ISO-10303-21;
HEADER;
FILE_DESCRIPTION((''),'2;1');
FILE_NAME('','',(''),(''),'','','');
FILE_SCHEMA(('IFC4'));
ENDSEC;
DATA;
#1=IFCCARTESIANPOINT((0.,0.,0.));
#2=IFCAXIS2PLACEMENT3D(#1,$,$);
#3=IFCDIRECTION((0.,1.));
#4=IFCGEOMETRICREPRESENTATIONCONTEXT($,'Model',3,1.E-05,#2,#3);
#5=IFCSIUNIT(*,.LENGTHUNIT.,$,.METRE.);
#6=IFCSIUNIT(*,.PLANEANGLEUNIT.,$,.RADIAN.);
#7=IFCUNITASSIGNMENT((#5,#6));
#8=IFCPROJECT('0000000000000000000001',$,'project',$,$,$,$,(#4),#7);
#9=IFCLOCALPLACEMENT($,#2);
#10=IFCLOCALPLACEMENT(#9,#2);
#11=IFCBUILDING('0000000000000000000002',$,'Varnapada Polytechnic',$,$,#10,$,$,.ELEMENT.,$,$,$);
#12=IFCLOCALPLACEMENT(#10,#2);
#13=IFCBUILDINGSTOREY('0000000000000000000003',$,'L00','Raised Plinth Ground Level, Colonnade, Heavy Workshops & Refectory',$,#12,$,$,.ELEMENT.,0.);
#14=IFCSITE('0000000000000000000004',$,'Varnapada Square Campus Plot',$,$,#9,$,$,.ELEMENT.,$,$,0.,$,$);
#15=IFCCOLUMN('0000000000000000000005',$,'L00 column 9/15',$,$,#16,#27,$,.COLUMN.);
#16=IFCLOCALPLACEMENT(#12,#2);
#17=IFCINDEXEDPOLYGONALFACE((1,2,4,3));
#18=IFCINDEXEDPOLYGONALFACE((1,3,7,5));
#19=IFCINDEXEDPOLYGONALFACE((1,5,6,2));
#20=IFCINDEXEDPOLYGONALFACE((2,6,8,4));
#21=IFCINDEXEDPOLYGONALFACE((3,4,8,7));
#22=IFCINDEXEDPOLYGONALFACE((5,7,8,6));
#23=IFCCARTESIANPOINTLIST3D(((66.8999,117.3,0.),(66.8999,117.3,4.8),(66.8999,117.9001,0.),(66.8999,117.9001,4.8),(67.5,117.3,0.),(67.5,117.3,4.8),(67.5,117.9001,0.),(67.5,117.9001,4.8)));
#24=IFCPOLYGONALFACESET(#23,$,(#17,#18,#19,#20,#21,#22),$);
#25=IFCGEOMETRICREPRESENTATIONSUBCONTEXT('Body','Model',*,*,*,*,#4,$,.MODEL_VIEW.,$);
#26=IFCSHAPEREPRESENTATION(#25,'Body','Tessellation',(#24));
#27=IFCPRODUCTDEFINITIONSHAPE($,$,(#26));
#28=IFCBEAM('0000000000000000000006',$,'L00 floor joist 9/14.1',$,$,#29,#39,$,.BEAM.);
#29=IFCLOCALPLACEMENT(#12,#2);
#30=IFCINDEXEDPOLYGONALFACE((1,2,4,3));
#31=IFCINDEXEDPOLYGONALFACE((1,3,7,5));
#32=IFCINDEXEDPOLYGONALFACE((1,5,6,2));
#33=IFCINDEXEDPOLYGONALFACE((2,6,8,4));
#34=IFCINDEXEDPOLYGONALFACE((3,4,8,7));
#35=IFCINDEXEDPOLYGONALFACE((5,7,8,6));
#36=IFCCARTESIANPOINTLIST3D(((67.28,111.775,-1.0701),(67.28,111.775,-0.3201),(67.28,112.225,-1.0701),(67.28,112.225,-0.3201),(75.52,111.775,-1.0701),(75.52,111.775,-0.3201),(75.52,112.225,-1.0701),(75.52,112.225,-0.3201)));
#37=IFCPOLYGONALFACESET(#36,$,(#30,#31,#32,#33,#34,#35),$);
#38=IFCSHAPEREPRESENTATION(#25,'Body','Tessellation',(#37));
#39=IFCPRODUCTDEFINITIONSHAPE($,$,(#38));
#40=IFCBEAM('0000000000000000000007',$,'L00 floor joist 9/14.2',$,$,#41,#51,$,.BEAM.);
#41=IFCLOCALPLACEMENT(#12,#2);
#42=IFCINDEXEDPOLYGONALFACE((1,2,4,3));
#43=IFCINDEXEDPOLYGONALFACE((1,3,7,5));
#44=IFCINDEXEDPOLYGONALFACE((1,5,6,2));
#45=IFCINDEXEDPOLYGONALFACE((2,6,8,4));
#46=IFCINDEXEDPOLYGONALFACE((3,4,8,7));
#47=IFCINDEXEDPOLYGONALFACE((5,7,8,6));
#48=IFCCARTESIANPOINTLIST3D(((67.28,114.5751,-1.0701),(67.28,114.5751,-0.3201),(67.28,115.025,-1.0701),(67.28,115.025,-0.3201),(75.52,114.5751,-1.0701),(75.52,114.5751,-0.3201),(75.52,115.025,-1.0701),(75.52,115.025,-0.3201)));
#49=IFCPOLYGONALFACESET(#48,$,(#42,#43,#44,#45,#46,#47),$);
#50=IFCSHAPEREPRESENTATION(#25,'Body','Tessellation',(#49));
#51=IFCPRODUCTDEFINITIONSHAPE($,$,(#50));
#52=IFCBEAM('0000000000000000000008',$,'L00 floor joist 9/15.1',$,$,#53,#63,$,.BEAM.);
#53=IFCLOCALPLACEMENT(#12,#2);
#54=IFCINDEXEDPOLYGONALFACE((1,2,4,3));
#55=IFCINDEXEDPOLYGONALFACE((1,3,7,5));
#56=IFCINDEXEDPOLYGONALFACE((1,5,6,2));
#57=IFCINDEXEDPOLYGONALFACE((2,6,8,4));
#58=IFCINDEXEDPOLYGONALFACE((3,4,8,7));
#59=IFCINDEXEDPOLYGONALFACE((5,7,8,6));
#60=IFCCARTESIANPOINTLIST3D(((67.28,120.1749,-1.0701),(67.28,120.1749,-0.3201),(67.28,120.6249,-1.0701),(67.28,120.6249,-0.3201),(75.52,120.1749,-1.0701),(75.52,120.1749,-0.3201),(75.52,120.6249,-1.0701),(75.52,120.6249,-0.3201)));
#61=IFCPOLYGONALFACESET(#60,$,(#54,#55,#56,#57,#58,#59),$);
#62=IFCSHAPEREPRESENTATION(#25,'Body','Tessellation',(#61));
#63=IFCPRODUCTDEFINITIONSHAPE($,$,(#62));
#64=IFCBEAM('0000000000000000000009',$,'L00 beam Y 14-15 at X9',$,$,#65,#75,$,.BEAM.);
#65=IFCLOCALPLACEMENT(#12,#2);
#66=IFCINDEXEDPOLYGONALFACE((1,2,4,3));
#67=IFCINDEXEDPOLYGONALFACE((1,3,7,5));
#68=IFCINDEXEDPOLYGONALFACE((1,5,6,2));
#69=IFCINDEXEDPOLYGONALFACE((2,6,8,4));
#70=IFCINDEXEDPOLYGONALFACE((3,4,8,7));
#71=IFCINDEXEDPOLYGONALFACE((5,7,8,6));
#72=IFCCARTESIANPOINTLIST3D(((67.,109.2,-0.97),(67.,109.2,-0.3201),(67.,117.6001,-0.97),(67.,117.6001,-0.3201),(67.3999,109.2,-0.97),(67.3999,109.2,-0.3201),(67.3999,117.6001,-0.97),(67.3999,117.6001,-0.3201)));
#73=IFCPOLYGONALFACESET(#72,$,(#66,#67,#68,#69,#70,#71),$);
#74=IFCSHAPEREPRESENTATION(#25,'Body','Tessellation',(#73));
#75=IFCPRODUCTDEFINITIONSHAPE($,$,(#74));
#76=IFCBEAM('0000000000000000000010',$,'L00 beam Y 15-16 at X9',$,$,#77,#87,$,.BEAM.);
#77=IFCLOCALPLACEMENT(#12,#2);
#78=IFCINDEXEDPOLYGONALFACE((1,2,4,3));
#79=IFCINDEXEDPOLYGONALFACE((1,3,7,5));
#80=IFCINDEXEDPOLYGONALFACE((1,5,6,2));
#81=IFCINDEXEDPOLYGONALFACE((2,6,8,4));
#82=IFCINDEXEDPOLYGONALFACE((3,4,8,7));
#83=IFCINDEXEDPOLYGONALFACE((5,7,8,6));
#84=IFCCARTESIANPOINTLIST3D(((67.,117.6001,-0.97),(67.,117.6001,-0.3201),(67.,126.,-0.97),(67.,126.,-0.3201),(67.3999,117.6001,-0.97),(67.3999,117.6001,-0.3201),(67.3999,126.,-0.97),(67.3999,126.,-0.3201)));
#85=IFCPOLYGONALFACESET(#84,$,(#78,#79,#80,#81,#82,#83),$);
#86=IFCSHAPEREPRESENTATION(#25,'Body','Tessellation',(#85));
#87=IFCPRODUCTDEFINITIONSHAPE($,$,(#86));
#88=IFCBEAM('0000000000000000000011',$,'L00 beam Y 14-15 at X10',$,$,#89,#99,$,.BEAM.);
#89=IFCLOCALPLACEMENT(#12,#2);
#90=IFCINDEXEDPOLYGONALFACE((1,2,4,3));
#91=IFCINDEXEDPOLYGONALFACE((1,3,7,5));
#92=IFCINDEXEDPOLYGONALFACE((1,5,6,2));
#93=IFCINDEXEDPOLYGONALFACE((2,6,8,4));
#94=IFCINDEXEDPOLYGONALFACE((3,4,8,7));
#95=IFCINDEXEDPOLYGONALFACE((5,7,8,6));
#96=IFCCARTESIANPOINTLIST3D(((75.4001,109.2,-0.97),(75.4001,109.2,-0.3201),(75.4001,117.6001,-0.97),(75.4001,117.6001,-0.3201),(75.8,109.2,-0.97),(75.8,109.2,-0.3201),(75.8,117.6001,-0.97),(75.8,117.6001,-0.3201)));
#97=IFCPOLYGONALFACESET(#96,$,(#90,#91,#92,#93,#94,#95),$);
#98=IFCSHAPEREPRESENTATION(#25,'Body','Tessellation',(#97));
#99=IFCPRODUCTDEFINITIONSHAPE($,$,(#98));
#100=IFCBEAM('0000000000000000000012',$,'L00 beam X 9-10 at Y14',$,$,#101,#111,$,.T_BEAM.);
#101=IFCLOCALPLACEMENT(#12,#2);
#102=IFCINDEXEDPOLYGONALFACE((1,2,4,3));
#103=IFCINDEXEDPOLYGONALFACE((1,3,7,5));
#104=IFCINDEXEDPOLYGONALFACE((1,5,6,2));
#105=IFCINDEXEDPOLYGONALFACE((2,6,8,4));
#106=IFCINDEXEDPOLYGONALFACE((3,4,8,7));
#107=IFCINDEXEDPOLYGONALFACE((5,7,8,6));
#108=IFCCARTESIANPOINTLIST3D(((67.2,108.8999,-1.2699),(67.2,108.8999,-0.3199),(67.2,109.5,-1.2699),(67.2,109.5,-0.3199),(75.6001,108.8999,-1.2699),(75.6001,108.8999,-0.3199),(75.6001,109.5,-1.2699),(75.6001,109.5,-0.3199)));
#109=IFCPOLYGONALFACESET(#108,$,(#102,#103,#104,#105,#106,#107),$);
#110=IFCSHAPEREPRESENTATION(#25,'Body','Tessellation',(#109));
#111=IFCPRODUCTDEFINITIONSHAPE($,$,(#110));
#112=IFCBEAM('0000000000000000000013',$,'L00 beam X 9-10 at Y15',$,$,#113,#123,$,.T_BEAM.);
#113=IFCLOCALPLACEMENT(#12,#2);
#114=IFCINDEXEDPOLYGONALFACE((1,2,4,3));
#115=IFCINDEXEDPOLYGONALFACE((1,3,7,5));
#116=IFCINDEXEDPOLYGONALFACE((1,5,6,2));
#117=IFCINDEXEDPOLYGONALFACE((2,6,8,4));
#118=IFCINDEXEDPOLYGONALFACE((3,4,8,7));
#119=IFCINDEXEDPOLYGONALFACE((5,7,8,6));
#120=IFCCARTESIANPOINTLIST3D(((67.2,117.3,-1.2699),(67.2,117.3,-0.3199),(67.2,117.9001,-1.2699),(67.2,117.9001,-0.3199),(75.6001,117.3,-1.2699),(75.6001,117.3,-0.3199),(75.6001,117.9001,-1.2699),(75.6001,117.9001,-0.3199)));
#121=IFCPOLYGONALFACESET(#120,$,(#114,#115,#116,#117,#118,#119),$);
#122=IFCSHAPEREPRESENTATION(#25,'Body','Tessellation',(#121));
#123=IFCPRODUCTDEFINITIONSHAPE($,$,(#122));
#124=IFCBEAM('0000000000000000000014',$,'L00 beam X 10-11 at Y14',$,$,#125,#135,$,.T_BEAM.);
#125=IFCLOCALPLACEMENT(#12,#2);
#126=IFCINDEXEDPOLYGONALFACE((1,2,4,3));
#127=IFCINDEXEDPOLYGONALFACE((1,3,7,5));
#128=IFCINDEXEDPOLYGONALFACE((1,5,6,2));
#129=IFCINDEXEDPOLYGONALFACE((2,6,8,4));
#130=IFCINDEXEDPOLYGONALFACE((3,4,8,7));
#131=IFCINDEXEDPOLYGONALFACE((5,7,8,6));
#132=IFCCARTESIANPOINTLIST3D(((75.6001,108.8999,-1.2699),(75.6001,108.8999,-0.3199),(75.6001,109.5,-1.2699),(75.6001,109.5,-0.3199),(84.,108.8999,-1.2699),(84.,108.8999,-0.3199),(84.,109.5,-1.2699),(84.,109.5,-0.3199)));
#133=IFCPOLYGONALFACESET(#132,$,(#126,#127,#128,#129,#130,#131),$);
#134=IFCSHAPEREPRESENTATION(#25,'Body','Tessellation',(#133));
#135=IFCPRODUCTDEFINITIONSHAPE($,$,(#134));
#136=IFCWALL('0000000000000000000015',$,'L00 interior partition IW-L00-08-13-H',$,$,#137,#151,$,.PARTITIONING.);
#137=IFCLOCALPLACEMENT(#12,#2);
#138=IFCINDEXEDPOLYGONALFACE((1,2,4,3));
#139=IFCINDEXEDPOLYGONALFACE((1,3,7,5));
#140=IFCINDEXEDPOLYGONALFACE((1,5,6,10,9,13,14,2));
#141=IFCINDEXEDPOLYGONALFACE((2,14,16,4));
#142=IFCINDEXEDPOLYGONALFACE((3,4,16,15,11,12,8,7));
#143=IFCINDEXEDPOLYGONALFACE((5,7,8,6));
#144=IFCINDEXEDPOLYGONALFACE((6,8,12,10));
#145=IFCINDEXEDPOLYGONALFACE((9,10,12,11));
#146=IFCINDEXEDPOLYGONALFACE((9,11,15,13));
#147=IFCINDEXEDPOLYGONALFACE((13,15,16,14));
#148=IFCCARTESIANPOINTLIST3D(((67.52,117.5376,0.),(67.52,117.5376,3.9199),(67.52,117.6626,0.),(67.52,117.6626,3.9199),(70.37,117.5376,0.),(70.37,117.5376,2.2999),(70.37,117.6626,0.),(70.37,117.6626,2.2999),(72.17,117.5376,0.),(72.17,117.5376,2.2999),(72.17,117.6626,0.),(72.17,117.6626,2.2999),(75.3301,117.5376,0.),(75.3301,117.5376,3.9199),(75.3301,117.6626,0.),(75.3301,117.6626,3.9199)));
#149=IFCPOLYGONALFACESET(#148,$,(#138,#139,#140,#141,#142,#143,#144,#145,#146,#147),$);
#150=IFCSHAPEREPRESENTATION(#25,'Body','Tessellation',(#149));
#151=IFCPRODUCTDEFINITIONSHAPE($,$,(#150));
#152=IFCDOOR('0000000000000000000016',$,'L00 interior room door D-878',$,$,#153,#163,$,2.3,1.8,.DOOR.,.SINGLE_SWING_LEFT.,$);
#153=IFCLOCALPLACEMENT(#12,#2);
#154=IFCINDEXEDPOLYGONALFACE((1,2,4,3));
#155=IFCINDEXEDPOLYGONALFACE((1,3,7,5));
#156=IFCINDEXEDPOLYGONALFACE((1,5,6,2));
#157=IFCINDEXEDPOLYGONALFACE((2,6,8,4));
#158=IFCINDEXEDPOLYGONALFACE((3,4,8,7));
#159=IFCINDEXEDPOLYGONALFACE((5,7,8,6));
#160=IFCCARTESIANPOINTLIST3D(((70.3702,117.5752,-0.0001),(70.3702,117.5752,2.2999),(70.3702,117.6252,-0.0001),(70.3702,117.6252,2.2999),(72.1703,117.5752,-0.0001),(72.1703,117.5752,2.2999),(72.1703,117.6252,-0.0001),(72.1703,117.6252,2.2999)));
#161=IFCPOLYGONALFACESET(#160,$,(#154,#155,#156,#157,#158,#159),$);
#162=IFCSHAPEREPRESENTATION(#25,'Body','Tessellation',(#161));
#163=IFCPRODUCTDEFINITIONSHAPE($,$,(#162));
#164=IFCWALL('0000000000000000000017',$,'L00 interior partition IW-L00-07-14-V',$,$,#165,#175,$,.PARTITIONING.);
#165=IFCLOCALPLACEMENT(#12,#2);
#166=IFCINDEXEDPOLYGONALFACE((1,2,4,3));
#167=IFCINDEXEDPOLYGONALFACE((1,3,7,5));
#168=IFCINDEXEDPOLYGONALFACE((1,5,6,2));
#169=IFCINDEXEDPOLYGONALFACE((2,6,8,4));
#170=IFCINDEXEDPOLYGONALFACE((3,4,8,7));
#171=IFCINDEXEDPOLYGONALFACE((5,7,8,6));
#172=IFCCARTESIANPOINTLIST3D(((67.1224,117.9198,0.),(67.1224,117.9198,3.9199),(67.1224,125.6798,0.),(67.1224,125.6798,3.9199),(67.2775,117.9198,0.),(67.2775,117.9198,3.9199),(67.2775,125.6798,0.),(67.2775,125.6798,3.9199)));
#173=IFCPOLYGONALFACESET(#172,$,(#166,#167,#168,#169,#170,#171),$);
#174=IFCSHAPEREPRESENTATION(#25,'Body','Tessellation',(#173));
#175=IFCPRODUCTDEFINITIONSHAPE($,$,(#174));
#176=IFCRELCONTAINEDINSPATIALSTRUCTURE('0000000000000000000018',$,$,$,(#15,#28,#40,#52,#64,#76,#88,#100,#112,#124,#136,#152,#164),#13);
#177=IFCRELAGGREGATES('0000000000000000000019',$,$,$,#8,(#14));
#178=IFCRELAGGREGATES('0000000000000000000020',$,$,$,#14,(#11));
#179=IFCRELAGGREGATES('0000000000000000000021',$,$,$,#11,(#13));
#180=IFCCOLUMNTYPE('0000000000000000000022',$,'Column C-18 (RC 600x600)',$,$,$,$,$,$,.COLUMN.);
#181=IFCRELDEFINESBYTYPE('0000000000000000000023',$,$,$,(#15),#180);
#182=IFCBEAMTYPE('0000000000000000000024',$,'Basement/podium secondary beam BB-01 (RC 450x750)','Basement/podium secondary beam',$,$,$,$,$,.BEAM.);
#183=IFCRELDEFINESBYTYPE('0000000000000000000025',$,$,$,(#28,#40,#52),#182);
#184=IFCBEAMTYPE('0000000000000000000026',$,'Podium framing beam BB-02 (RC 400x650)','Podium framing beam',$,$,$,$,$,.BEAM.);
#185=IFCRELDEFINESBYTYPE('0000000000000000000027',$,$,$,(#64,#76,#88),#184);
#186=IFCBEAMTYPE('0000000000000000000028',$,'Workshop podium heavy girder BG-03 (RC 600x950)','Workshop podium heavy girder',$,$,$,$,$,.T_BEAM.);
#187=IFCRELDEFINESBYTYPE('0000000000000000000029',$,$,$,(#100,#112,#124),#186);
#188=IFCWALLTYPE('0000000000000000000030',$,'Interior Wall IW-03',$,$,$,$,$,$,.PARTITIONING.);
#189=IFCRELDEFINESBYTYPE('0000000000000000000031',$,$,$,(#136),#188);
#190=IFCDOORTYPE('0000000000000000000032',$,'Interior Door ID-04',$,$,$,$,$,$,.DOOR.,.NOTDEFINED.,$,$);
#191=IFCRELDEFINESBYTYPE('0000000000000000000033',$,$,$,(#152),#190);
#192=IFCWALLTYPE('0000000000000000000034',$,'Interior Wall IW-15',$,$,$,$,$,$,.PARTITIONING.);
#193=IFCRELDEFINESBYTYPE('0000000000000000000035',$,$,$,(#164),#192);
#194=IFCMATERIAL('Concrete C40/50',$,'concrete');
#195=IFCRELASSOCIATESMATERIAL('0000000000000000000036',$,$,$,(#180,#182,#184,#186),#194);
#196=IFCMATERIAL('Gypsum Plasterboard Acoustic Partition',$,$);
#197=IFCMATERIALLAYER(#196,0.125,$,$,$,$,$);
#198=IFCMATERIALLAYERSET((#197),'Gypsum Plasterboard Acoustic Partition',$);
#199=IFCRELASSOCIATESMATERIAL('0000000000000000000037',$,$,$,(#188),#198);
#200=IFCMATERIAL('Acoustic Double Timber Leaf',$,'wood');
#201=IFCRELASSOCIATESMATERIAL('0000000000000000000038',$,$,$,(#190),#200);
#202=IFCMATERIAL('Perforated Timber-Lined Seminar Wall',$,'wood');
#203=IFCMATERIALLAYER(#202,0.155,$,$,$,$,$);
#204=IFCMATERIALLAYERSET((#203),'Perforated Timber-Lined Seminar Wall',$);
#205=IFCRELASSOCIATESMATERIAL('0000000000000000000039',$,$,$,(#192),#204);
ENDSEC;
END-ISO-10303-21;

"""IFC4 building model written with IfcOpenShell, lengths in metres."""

from ifc_helpers import new_model, si_unit, direction, frame, frame_2d, origin, origin_2d, place, context, subcontext, project, spatial, rectangle, extrude, material, layer, layer_set, material_profile, profile_set, type_object, element, fill, save


model = new_model("IFC4")

# Units and contexts
model_context = context("Model", 3, precision=1e-05, world=origin(), true_north=direction((0.0, 1.0)))
body_context = subcontext(model_context, "Body", "Model", "MODEL_VIEW")
ifc_project = project(units=[si_unit("LENGTHUNIT", "METRE"), si_unit("PLANEANGLEUNIT", "RADIAN")], contexts=[model_context])

# Site, building, storey
site_placement = place(None, origin())
site = spatial("IfcSite", under=ifc_project, at=site_placement, Name="Varnapada Square Campus Plot", CompositionType="ELEMENT", RefElevation=0.0)
building_placement = place(site_placement, origin())
building = spatial("IfcBuilding", under=site, at=building_placement, Name="Varnapada Polytechnic", CompositionType="ELEMENT")
storey_placement = place(building_placement, origin())
storey = spatial("IfcBuildingStorey", under=building, at=storey_placement, Name="L00", Description="Raised Plinth Ground Level, Colonnade, Heavy Workshops & Refectory", CompositionType="ELEMENT", Elevation=0.0)

# Column
ifc_material_1 = material(Name="Concrete C40/50", Category="concrete")
ifc_material_profile_1 = material_profile(ifc_material_1, rectangle(XDim=0.6001, YDim=0.6001, at=origin_2d()), Name="RC 600x600")
ifc_profile_set_1 = profile_set([ifc_material_profile_1], Name="Concrete C40/50")
column_type = type_object("IfcColumnType", Name="Column C-18 (RC 600x600)", PredefinedType="COLUMN", material=ifc_profile_set_1)
column_placement = place(storey_placement, frame((67.2, 117.6001, 0.0), z_axis=(0.0, 0.0, 1.0), x_axis=(1.0, 0.0, 0.0)))
element("IfcColumn", 1, at=column_placement, inside=storey, type_object=column_type, Name="L00 column 9/15", PredefinedType="COLUMN", context=body_context, shape_type="SweptSolid", body=[
    extrude(rectangle(XDim=0.6001, YDim=0.6001, at=origin_2d()), origin(), (0.0, 0.0, 1.0), 4.8),
])

# Beams
ifc_material_profile_2 = material_profile(ifc_material_1, rectangle(XDim=0.45, YDim=0.75, at=origin_2d()), Name="RC 450x750")
ifc_profile_set_2 = profile_set([ifc_material_profile_2], Name="Concrete C40/50")
beam_type_1 = type_object("IfcBeamType", Name="Basement/podium secondary beam BB-01 (RC 450x750)", Description="Basement/podium secondary beam", PredefinedType="BEAM", material=ifc_profile_set_2)
for number, where, z_axis, x_axis, name in (
    (2, (67.28, 112.0, -0.6951), (1.0, 0.0, 0.0), (0.0, 1.0, 0.0), "L00 floor joist 9/14.1"),
    (3, (67.28, 114.8, -0.6951), (1.0, 0.0, 0.0), (0.0, 1.0, 0.0), "L00 floor joist 9/14.2"),
    (4, (67.28, 120.3999, -0.6951), (1.0, 0.0, 0.0), (0.0, 1.0, 0.0), "L00 floor joist 9/15.1"),
):
    element("IfcBeam", number, at=place(storey_placement, frame(where, z_axis=z_axis, x_axis=x_axis)), inside=storey, type_object=beam_type_1, Name=name, PredefinedType="BEAM", context=body_context, shape_type="SweptSolid", body=[
        extrude(rectangle(XDim=0.45, YDim=0.75, at=origin_2d()), origin(), (0.0, 0.0, 1.0), 8.24),
    ])
ifc_material_profile_3 = material_profile(ifc_material_1, rectangle(XDim=0.3999, YDim=0.6499, at=origin_2d()), Name="RC 400x650")
ifc_profile_set_3 = profile_set([ifc_material_profile_3], Name="Concrete C40/50")
beam_type_2 = type_object("IfcBeamType", Name="Podium framing beam BB-02 (RC 400x650)", Description="Podium framing beam", PredefinedType="BEAM", material=ifc_profile_set_3)
beam_1_placement = place(storey_placement, frame((67.2, 109.2, -0.645), z_axis=(0.0, 1.0, 0.0), x_axis=(-1.0, 0.0, 0.0)))
element("IfcBeam", 5, at=beam_1_placement, inside=storey, type_object=beam_type_2, Name="L00 beam Y 14-15 at X9", PredefinedType="BEAM", context=body_context, shape_type="SweptSolid", body=[
    extrude(rectangle(XDim=0.3999, YDim=0.6499, at=origin_2d()), origin(), (0.0, 0.0, 1.0), 8.4001),
])
beam_2_placement = place(storey_placement, frame((67.2, 117.6001, -0.645), z_axis=(0.0, 1.0, 0.0), x_axis=(-1.0, 0.0, 0.0)))
element("IfcBeam", 6, at=beam_2_placement, inside=storey, type_object=beam_type_2, Name="L00 beam Y 15-16 at X9", PredefinedType="BEAM", context=body_context, shape_type="SweptSolid", body=[
    extrude(rectangle(XDim=0.3999, YDim=0.6499, at=origin_2d()), origin(), (0.0, 0.0, 1.0), 8.3999),
])
beam_3_placement = place(storey_placement, frame((75.6001, 109.2, -0.645), z_axis=(0.0, 1.0, 0.0), x_axis=(-1.0, 0.0, 0.0)))
element("IfcBeam", 7, at=beam_3_placement, inside=storey, type_object=beam_type_2, Name="L00 beam Y 14-15 at X10", PredefinedType="BEAM", context=body_context, shape_type="SweptSolid", body=[
    extrude(rectangle(XDim=0.3999, YDim=0.6499, at=origin_2d()), origin(), (0.0, 0.0, 1.0), 8.4001),
])
ifc_material_profile_4 = material_profile(ifc_material_1, rectangle(XDim=0.6001, YDim=0.95, at=origin_2d()), Name="RC 600x950")
ifc_profile_set_4 = profile_set([ifc_material_profile_4], Name="Concrete C40/50")
beam_type_3 = type_object("IfcBeamType", Name="Workshop podium heavy girder BG-03 (RC 600x950)", Description="Workshop podium heavy girder", PredefinedType="T_BEAM", material=ifc_profile_set_4)
for number, where, z_axis, x_axis, name in (
    (8, (67.2, 109.2, -0.7949), (1.0, 0.0, 0.0), (0.0, 1.0, 0.0), "L00 beam X 9-10 at Y14"),
    (9, (67.2, 117.6001, -0.7949), (1.0, 0.0, 0.0), (0.0, 1.0, 0.0), "L00 beam X 9-10 at Y15"),
):
    element("IfcBeam", number, at=place(storey_placement, frame(where, z_axis=z_axis, x_axis=x_axis)), inside=storey, type_object=beam_type_3, Name=name, PredefinedType="T_BEAM", context=body_context, shape_type="SweptSolid", body=[
        extrude(rectangle(XDim=0.6001, YDim=0.95, at=origin_2d()), origin(), (0.0, 0.0, 1.0), 8.4001),
    ])
beam_4_placement = place(storey_placement, frame((75.6001, 109.2, -0.7949), z_axis=(1.0, 0.0, 0.0), x_axis=(0.0, 1.0, 0.0)))
element("IfcBeam", 10, at=beam_4_placement, inside=storey, type_object=beam_type_3, Name="L00 beam X 10-11 at Y14", PredefinedType="T_BEAM", context=body_context, shape_type="SweptSolid", body=[
    extrude(rectangle(XDim=0.6001, YDim=0.95, at=origin_2d()), origin(), (0.0, 0.0, 1.0), 8.3999),
])

# Wall, opening, door
ifc_material_2 = material(Name="Gypsum Plasterboard Acoustic Partition")
ifc_layer_1 = layer(ifc_material_2, 0.125)
ifc_layer_set_1 = layer_set([ifc_layer_1], Name="Gypsum Plasterboard Acoustic Partition")
wall_type_1 = type_object("IfcWallType", Name="Interior Wall IW-03", PredefinedType="PARTITIONING", material=ifc_layer_set_1)
wall_1_placement = place(storey_placement, frame((67.52, 117.6001, 0.0), z_axis=(0.0, 0.0, 1.0), x_axis=(1.0, 0.0, 0.0)))
wall_1 = element("IfcWall", 11, at=wall_1_placement, inside=storey, type_object=wall_type_1, Name="L00 interior partition IW-L00-08-13-H", PredefinedType="PARTITIONING", context=body_context, shape_type="SweptSolid", body=[
    extrude(rectangle(XDim=7.8101, YDim=0.125, at=frame_2d((3.905, 0.0))), origin(), (0.0, 0.0, 1.0), 3.9199),
])
opening_placement = place(wall_1_placement, frame((2.8501, 0.0, 0.0)))
opening = element("IfcOpeningElement", 12, at=opening_placement, cuts=wall_1, PredefinedType="OPENING", context=body_context, shape_type="SweptSolid", body=[
    extrude(rectangle(XDim=1.8, YDim=2.3, at=frame_2d((0.8999, 1.1499))), frame((0.0, 0.0725, 0.0), z_axis=(0.0, -1.0, 0.0), x_axis=(1.0, 0.0, 0.0)), (0.0, 0.0, 1.0), 0.145),
])
ifc_material_3 = material(Name="Acoustic Double Timber Leaf", Category="wood")
door_type = type_object("IfcDoorType", Name="Interior Door ID-04", OperationType="NOTDEFINED", PredefinedType="DOOR", material=ifc_material_3)
door_placement = place(opening_placement, frame((1.8, 0.0, 0.0), z_axis=(0.0, 0.0, 1.0), x_axis=(-1.0, 0.0, 0.0)))
door = element("IfcDoor", 13, at=door_placement, inside=storey, type_object=door_type, Name="L00 interior room door D-878", OperationType="SINGLE_SWING_LEFT", OverallHeight=2.3, OverallWidth=1.8, PredefinedType="DOOR", context=body_context, shape_type="SweptSolid", body=[
    extrude(rectangle(XDim=1.8, YDim=2.3, at=frame_2d((0.8999, 1.1499))), frame((0.0, 0.0249, 0.0), z_axis=(0.0, -1.0, 0.0), x_axis=(1.0, 0.0, 0.0)), (0.0, 0.0, 1.0), 0.05),
])
fill(opening, door)

# Wall
ifc_material_4 = material(Name="Perforated Timber-Lined Seminar Wall", Category="wood")
ifc_layer_2 = layer(ifc_material_4, 0.155)
ifc_layer_set_2 = layer_set([ifc_layer_2], Name="Perforated Timber-Lined Seminar Wall")
wall_type_2 = type_object("IfcWallType", Name="Interior Wall IW-15", PredefinedType="PARTITIONING", material=ifc_layer_set_2)
wall_2_placement = place(storey_placement, frame((67.2, 117.9199, 0.0), z_axis=(0.0, 0.0, 1.0), x_axis=(0.0, 1.0, 0.0)))
element("IfcWall", 14, at=wall_2_placement, inside=storey, type_object=wall_type_2, Name="L00 interior partition IW-L00-07-14-V", PredefinedType="PARTITIONING", context=body_context, shape_type="SweptSolid", body=[
    extrude(rectangle(XDim=7.76, YDim=0.155, at=frame_2d((3.8799, 0.0))), origin(), (0.0, 0.0, 1.0), 3.9199),
])

save(model, "model.ifc")
